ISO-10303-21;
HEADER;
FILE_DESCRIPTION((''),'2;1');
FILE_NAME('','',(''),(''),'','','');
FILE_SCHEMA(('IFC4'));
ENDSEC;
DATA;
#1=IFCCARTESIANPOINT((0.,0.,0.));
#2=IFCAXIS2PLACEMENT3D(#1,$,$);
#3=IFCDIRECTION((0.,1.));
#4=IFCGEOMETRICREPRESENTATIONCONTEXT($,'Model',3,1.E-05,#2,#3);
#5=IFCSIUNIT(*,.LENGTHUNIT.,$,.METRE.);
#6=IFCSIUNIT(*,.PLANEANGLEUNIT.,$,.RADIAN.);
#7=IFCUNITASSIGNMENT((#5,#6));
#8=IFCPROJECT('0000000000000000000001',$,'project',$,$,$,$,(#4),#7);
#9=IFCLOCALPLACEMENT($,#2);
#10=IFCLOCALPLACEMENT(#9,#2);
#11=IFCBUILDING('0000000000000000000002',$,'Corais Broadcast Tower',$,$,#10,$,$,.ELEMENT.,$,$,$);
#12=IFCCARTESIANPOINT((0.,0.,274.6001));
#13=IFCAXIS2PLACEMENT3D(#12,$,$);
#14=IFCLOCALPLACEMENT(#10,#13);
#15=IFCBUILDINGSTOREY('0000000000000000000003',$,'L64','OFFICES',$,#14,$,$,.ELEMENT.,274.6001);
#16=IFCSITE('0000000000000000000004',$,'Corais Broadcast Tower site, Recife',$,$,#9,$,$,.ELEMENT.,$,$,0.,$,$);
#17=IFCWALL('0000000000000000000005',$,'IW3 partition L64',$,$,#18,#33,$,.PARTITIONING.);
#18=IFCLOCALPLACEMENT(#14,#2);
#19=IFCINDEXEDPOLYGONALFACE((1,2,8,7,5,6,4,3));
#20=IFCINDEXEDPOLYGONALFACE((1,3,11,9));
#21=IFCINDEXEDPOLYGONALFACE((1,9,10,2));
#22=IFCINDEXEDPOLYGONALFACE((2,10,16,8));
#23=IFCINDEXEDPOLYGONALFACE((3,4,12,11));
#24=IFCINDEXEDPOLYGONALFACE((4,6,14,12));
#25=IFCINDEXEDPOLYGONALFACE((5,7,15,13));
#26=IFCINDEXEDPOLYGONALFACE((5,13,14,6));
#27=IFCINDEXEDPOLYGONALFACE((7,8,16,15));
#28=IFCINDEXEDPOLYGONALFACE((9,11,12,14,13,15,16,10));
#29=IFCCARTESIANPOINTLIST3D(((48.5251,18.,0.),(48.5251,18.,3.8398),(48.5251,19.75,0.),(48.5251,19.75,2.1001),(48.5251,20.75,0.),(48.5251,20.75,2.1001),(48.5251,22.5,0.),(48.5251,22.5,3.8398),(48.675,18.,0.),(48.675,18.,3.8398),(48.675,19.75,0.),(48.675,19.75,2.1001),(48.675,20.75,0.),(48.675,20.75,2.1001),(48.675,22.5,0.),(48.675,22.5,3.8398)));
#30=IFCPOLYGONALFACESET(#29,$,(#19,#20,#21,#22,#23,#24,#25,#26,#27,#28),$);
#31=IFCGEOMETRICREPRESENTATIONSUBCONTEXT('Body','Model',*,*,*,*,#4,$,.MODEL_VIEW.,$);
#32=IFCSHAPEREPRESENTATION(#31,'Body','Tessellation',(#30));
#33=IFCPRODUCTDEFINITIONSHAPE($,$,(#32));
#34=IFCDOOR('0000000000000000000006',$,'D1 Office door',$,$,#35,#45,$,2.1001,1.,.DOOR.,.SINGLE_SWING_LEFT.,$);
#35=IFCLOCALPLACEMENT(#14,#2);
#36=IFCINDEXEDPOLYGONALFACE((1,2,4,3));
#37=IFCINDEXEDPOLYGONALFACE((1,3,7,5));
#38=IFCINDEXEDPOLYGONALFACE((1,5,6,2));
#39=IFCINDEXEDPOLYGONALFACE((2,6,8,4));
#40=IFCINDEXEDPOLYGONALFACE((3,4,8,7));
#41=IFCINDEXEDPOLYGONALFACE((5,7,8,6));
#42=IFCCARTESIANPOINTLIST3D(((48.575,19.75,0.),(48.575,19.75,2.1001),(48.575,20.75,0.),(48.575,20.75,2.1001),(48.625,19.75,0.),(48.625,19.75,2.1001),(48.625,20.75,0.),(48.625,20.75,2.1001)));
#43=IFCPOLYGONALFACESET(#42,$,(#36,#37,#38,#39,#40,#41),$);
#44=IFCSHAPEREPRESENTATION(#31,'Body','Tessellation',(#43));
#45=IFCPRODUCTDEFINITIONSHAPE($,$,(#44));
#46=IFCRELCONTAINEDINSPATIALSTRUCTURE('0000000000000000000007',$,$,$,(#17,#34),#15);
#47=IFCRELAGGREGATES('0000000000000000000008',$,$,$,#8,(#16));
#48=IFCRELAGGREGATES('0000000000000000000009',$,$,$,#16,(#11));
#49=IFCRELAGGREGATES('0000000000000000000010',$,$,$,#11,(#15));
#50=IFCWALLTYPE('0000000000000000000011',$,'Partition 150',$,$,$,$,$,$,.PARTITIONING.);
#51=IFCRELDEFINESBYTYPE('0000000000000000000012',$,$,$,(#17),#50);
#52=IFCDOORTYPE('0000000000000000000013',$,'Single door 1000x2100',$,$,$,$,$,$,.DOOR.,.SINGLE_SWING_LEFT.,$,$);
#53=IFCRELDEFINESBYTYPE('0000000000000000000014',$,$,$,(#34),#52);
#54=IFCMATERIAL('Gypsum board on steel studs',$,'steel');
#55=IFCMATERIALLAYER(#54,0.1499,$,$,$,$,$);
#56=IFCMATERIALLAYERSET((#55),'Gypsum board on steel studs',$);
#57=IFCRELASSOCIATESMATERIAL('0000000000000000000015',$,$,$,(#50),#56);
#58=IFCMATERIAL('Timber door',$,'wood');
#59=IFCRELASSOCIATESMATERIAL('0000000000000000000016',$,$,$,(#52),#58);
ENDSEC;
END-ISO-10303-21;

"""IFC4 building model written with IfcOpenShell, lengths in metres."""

from ifc_helpers import new_model, si_unit, direction, frame, frame_2d, origin, place, context, subcontext, project, spatial, rectangle, extrude, material, layer, layer_set, type_object, element, fill, save


model = new_model("IFC4")

# Units and contexts
model_context = context("Model", 3, precision=1e-05, world=origin(), true_north=direction((0.0, 1.0)))
body_context = subcontext(model_context, "Body", "Model", "MODEL_VIEW")
ifc_project = project(units=[si_unit("LENGTHUNIT", "METRE"), si_unit("PLANEANGLEUNIT", "RADIAN")], contexts=[model_context])

# Site, building, storey
site_placement = place(None, origin())
site = spatial("IfcSite", under=ifc_project, at=site_placement, Name="Corais Broadcast Tower site, Recife", CompositionType="ELEMENT", RefElevation=0.0)
building_placement = place(site_placement, origin())
building = spatial("IfcBuilding", under=site, at=building_placement, Name="Corais Broadcast Tower", CompositionType="ELEMENT")
storey_placement = place(building_placement, frame((0.0, 0.0, 274.6001)))
storey = spatial("IfcBuildingStorey", under=building, at=storey_placement, Name="L64", Description="OFFICES", CompositionType="ELEMENT", Elevation=274.6001)

# Shared definitions
ifc_material_1 = material(Name="Gypsum board on steel studs", Category="steel")
ifc_layer_1 = layer(ifc_material_1, 0.1499)
ifc_layer_set_1 = layer_set([ifc_layer_1], Name="Gypsum board on steel studs")
wall_type = type_object("IfcWallType", Name="Partition 150", PredefinedType="PARTITIONING", material=ifc_layer_set_1)

# Wall, opening, door
wall_placement = place(storey_placement, frame((48.6001, 22.5, 0.0), z_axis=(0.0, 0.0, 1.0), x_axis=(0.0, -1.0, 0.0)))
wall = element("IfcWall", 1, at=wall_placement, inside=storey, type_object=wall_type, Name="IW3 partition L64", PredefinedType="PARTITIONING", context=body_context, shape_type="SweptSolid", body=[
    extrude(rectangle(XDim=4.5, YDim=0.1499, at=frame_2d((2.25, 0.0))), origin(), (0.0, 0.0, 1.0), 3.8398),
])
opening_placement = place(wall_placement, frame((1.75, 0.0, 0.0)))
opening = element("IfcOpeningElement", 2, at=opening_placement, cuts=wall, PredefinedType="OPENING", context=body_context, shape_type="SweptSolid", body=[
    extrude(rectangle(XDim=1.0, YDim=2.1001, at=frame_2d((0.5, 1.05))), frame((0.0, 0.085, 0.0), z_axis=(0.0, -1.0, 0.0), x_axis=(1.0, 0.0, 0.0)), (0.0, 0.0, 1.0), 0.1699),
])
ifc_material_2 = material(Name="Timber door", Category="wood")
door_type = type_object("IfcDoorType", Name="Single door 1000x2100", OperationType="SINGLE_SWING_LEFT", PredefinedType="DOOR", material=ifc_material_2)
door_placement = place(opening_placement, origin())
door = element("IfcDoor", 3, at=door_placement, inside=storey, type_object=door_type, Name="D1 Office door", OperationType="SINGLE_SWING_LEFT", OverallHeight=2.1001, OverallWidth=1.0, PredefinedType="DOOR", context=body_context, shape_type="SweptSolid", body=[
    extrude(rectangle(XDim=1.0, YDim=2.1001, at=frame_2d((0.5, 1.05))), frame((0.0, 0.0249, 0.0), z_axis=(0.0, -1.0, 0.0), x_axis=(1.0, 0.0, 0.0)), (0.0, 0.0, 1.0), 0.05),
])
fill(opening, door)

save(model, "model.ifc")
